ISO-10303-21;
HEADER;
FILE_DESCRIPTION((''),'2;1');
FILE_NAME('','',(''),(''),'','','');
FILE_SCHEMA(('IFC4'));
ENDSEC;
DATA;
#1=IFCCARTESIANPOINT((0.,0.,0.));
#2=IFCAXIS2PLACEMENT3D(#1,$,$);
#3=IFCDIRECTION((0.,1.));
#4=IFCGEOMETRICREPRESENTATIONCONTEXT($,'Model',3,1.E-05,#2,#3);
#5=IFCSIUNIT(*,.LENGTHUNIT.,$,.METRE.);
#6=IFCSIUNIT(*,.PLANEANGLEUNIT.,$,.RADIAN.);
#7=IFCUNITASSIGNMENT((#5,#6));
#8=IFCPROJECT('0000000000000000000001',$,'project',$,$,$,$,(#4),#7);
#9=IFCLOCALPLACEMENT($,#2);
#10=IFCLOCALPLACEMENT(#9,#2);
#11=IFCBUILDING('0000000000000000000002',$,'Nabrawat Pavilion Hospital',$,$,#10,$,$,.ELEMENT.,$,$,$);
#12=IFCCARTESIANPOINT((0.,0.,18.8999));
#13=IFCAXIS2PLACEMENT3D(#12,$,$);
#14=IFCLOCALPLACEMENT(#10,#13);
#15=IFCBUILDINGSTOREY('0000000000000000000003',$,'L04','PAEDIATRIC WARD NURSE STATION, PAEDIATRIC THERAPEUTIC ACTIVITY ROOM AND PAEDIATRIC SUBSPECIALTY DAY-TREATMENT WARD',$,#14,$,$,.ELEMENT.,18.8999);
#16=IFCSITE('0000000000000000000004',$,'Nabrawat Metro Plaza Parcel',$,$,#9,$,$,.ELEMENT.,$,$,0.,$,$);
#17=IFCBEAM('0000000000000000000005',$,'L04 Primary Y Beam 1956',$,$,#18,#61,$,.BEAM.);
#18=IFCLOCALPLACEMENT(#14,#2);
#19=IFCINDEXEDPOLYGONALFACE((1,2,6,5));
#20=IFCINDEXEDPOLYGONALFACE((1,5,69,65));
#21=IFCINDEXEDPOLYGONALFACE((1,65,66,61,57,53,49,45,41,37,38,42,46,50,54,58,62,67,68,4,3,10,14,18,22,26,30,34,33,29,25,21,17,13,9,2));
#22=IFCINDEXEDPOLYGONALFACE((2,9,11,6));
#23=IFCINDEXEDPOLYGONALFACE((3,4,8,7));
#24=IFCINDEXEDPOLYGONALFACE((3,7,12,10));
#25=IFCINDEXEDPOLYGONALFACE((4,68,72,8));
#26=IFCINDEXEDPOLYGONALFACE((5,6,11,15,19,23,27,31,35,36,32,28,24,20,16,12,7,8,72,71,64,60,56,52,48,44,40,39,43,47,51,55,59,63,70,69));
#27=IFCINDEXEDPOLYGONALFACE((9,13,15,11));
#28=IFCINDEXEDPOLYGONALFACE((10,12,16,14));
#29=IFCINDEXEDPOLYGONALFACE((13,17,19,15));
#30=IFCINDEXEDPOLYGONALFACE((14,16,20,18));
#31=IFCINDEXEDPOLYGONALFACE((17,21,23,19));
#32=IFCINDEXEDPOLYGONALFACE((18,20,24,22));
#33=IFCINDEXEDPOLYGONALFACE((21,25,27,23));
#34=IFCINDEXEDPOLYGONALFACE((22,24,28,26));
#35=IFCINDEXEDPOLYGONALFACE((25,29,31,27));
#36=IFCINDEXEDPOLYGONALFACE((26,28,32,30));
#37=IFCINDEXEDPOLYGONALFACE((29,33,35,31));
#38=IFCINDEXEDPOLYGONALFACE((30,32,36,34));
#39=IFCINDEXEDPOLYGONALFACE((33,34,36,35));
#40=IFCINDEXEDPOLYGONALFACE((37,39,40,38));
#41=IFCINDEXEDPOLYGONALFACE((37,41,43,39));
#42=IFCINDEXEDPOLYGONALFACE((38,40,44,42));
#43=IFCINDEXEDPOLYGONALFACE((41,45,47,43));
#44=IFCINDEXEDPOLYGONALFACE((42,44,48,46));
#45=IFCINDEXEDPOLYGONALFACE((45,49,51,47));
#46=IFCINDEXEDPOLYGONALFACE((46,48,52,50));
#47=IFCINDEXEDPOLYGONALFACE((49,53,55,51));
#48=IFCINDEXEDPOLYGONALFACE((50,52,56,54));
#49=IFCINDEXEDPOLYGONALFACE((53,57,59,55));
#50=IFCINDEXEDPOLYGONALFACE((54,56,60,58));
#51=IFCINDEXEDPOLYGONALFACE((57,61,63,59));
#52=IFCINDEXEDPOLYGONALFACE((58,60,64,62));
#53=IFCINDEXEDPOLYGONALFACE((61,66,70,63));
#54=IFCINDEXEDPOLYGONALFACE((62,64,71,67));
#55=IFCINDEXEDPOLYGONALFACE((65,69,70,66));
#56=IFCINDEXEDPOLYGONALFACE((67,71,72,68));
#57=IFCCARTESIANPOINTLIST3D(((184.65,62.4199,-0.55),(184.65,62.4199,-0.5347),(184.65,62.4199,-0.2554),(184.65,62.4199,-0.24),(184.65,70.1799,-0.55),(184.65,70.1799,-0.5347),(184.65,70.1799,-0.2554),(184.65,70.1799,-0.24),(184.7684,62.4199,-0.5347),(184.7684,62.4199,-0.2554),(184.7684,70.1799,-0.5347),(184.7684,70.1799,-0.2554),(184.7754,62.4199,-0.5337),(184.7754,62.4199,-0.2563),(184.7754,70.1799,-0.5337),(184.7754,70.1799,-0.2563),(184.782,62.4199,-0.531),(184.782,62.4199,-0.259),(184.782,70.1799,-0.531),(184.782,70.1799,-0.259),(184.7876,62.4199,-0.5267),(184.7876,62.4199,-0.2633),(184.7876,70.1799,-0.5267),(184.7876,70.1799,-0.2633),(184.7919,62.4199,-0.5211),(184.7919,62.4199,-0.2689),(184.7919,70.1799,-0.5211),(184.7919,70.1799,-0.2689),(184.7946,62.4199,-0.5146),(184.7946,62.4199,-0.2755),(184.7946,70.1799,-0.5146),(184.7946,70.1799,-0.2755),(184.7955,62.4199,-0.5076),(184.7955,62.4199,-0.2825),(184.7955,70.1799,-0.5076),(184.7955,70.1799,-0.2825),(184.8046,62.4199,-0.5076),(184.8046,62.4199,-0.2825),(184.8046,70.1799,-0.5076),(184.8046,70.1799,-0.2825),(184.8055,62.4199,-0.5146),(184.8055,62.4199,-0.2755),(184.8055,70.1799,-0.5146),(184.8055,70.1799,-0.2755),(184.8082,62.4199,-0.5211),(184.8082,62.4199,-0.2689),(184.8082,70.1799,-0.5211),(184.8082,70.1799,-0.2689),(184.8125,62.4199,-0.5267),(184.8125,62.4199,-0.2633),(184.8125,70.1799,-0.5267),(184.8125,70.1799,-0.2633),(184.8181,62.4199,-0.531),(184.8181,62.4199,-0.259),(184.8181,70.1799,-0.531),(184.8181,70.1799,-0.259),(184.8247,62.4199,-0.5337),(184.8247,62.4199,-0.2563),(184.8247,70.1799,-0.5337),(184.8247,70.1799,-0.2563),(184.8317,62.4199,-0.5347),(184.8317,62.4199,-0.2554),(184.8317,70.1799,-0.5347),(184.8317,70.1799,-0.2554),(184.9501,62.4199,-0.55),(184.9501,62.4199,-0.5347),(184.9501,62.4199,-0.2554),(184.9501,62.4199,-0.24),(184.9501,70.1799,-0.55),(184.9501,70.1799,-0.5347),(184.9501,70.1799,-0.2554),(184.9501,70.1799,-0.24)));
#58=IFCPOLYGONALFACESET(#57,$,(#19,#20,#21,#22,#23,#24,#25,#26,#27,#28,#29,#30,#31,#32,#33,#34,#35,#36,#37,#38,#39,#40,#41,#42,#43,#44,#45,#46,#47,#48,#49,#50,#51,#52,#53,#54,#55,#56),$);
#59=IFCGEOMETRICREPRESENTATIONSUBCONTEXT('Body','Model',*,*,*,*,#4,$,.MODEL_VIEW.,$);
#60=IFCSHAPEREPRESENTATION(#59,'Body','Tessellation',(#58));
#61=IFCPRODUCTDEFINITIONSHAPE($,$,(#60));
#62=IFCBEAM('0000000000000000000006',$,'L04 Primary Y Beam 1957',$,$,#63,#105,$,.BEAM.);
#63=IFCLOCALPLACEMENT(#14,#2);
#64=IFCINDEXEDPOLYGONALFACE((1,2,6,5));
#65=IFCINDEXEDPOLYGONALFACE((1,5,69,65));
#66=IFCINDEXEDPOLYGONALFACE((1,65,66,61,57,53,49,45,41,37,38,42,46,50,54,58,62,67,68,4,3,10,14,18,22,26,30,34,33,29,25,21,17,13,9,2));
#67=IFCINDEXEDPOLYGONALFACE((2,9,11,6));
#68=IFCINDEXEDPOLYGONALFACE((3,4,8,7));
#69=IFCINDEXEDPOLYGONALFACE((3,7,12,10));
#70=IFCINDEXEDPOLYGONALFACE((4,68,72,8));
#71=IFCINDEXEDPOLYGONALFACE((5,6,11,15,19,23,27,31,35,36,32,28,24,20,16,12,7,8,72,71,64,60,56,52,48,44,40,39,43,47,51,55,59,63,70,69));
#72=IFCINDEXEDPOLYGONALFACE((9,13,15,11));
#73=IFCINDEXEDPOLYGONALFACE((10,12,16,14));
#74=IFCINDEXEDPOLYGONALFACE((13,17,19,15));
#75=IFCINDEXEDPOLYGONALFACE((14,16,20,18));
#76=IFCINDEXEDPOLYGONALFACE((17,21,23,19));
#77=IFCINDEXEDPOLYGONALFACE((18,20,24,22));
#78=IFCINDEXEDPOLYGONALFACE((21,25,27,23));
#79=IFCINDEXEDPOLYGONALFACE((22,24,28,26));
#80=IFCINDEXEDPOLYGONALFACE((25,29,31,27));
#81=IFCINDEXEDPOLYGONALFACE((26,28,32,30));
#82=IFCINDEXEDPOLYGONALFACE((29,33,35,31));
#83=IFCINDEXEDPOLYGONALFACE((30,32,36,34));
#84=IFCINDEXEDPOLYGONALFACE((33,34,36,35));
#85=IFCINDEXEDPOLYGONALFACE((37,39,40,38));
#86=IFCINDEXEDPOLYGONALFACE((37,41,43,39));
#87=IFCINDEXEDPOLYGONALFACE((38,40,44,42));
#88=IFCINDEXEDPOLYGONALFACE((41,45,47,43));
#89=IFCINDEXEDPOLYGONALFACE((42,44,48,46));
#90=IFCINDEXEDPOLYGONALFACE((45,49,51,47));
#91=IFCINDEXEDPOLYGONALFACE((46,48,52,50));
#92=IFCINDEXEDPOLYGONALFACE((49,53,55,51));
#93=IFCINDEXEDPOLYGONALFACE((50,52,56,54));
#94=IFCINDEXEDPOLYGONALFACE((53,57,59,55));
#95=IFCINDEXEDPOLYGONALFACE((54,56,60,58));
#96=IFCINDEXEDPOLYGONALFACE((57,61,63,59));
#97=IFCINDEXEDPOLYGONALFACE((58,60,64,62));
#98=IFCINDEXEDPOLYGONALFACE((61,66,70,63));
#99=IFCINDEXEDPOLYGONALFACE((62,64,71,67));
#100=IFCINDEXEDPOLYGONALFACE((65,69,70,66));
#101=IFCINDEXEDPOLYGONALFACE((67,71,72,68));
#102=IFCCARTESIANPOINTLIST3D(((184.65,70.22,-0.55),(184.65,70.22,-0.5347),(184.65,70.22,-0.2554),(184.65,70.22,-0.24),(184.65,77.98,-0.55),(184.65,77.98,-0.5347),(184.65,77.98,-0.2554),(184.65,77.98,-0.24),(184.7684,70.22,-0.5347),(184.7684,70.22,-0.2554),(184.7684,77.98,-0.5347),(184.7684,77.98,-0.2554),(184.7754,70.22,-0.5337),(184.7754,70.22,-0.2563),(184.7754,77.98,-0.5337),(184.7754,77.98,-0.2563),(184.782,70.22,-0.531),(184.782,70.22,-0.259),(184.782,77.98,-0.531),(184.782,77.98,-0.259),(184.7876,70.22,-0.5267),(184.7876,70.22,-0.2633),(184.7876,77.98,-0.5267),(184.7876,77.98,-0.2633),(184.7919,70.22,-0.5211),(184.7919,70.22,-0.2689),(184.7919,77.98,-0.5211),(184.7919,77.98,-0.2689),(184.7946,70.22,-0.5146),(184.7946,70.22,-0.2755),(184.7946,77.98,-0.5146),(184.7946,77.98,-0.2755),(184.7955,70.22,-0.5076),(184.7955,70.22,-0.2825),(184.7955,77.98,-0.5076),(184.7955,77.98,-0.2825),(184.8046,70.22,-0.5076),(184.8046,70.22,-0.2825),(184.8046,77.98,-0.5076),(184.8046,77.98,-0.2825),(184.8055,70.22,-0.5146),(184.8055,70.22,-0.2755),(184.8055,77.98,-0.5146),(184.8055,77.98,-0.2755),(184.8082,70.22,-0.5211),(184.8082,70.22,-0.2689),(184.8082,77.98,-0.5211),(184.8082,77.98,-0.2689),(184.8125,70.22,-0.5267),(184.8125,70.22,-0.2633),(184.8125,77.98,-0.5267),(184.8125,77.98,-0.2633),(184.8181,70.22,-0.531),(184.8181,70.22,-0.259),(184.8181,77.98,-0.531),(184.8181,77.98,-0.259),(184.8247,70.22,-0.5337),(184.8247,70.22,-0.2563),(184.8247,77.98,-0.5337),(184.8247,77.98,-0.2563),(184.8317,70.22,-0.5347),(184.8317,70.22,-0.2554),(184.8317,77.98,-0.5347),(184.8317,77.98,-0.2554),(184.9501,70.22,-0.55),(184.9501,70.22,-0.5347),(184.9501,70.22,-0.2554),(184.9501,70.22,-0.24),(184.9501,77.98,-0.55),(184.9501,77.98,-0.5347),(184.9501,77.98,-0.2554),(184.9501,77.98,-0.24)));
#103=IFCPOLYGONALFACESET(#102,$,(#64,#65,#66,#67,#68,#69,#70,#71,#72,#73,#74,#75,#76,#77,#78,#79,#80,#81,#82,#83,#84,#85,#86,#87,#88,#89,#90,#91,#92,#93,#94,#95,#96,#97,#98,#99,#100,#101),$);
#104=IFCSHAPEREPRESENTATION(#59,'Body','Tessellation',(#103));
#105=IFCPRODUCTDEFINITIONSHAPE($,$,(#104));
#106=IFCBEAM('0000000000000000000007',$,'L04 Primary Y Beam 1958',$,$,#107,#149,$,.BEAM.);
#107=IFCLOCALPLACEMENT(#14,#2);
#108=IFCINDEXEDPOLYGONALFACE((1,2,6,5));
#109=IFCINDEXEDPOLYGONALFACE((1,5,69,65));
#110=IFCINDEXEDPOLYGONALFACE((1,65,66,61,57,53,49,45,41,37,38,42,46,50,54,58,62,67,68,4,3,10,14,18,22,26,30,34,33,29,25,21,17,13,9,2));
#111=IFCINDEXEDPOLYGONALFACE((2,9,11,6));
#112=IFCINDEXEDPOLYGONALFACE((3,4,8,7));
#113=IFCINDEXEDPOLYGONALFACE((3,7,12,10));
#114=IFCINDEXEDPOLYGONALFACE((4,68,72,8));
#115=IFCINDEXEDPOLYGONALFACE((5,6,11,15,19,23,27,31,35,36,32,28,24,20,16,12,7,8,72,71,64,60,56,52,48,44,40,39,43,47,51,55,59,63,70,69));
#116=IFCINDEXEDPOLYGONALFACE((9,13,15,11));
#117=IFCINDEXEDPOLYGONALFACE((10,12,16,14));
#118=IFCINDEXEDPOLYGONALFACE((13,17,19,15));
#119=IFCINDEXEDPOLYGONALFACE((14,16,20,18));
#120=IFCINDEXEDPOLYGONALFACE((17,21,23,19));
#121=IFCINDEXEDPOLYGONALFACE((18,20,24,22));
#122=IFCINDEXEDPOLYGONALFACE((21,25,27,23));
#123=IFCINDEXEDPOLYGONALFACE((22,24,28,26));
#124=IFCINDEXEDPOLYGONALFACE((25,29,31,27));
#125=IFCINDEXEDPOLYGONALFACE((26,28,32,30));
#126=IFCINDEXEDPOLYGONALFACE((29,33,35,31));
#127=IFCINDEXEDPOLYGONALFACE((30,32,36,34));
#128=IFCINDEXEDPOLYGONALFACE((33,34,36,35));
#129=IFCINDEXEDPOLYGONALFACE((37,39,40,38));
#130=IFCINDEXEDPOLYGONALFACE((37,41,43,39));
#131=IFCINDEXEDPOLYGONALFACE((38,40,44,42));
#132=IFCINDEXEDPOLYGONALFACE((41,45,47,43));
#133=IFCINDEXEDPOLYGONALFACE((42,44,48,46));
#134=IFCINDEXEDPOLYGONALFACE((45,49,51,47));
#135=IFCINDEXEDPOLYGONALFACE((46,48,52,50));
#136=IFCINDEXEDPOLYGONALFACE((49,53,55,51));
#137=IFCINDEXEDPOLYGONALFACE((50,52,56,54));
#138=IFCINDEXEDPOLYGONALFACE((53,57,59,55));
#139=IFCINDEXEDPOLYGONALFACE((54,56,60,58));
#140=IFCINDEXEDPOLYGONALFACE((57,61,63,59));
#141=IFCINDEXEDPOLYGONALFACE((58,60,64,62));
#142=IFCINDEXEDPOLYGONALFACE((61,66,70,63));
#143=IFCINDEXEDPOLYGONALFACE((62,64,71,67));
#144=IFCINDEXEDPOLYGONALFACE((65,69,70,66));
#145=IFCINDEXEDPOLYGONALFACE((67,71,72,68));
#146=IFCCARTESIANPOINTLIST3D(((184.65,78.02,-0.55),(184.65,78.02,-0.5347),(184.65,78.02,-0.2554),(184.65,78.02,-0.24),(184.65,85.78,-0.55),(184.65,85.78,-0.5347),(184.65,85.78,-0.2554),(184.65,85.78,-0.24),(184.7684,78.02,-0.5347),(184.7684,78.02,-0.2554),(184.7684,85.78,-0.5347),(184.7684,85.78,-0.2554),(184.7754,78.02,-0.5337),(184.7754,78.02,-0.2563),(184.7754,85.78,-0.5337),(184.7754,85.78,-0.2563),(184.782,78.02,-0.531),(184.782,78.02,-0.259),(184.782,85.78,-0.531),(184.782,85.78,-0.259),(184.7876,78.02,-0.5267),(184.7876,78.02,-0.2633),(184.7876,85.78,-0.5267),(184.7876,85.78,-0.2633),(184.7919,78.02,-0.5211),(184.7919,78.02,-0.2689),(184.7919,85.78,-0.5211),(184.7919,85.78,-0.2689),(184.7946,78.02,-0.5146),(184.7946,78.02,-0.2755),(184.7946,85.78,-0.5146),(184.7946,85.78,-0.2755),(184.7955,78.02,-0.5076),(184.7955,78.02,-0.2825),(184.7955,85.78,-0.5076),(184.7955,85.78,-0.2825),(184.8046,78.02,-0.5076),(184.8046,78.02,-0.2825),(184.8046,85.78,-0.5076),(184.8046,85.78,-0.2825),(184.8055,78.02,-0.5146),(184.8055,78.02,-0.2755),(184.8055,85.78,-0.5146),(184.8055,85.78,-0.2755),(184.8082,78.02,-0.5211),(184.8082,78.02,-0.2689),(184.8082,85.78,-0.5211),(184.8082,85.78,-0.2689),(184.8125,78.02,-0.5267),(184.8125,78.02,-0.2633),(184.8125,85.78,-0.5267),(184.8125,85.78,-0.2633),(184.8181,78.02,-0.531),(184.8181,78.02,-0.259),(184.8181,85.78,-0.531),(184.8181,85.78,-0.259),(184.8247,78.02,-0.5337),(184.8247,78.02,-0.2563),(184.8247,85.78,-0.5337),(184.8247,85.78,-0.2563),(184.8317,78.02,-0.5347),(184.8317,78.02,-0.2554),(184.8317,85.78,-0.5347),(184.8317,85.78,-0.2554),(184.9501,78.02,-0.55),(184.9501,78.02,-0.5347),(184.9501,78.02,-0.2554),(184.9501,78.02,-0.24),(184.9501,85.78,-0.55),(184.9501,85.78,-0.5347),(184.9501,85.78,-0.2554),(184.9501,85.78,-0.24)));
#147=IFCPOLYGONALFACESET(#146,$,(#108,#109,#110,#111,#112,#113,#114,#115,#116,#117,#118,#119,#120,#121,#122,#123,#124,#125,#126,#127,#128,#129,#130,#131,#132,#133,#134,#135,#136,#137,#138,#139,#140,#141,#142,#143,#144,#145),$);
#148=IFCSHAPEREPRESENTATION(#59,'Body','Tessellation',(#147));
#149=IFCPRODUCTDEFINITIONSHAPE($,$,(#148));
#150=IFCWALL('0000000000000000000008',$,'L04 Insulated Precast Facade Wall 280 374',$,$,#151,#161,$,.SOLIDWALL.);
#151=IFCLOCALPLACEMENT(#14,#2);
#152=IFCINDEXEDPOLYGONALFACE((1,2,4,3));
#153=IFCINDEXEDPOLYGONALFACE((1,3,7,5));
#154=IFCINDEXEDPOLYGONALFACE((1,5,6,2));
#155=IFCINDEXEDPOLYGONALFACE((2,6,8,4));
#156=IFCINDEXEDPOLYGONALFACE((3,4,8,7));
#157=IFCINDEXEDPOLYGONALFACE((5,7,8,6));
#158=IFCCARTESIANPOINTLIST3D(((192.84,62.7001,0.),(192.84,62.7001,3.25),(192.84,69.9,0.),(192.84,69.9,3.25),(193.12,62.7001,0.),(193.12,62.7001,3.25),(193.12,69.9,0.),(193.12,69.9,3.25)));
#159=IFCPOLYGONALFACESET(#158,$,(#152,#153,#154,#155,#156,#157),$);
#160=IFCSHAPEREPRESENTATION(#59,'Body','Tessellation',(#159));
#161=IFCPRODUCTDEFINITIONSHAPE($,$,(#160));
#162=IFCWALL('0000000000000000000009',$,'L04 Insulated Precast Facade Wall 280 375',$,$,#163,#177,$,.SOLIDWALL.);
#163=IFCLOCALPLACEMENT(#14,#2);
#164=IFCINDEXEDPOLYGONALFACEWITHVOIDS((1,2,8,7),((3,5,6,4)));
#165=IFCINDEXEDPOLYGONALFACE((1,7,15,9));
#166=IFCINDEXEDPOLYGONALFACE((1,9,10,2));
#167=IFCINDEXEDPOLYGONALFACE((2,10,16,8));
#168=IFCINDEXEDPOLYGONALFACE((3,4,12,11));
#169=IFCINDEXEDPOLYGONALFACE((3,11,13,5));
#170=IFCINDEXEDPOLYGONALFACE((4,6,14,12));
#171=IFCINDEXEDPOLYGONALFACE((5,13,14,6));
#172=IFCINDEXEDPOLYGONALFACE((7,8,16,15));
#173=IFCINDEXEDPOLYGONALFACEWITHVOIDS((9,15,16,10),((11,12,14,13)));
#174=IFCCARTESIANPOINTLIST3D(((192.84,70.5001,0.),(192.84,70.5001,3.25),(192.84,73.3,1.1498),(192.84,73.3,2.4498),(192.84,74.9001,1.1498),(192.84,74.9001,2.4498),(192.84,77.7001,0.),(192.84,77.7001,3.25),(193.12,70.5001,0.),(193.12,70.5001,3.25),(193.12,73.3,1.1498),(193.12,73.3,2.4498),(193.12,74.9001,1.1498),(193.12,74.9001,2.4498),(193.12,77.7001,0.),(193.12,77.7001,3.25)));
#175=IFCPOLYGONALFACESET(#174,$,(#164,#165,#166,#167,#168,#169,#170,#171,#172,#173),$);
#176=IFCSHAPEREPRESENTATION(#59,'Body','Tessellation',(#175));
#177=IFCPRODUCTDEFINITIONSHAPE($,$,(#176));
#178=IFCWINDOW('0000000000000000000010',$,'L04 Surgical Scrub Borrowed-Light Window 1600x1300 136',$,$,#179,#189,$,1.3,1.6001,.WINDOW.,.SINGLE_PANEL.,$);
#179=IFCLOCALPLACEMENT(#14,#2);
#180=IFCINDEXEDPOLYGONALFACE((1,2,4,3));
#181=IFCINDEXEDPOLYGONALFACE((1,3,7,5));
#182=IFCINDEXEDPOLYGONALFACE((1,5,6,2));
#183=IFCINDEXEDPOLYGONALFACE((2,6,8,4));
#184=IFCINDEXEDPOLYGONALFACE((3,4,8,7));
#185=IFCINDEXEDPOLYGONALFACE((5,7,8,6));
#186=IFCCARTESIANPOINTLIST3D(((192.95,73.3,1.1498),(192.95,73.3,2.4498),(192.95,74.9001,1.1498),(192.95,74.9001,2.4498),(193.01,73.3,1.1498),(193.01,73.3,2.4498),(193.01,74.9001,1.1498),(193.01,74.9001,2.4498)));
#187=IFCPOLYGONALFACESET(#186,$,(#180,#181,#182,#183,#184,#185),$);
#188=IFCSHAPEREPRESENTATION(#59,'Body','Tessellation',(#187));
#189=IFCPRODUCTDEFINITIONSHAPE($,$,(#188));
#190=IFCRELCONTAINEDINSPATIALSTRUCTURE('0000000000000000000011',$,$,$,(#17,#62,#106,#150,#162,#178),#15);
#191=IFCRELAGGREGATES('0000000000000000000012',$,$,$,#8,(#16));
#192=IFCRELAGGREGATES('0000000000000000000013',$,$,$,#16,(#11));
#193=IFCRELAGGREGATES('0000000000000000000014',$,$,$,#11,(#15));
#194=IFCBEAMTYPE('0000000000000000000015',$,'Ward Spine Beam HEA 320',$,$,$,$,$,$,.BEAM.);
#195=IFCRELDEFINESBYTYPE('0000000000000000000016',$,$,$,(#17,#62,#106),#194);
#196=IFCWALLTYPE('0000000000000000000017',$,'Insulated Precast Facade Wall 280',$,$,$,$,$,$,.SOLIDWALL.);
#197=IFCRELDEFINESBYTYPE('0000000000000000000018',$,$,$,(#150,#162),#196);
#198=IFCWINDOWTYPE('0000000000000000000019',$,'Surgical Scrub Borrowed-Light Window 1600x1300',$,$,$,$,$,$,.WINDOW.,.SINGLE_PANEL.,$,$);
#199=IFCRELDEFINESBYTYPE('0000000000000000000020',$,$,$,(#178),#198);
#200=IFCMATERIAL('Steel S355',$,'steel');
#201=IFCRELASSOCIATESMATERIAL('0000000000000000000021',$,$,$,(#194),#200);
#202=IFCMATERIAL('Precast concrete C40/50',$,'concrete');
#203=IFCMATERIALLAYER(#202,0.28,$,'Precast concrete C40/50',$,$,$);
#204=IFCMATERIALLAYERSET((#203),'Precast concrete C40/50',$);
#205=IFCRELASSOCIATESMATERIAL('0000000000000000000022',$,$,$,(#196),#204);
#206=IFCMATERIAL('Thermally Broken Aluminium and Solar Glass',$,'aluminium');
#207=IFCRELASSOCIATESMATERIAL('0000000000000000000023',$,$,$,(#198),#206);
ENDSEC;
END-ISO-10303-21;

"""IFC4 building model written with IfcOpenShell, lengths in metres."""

from ifc_helpers import new_model, si_unit, direction, frame, frame_2d, origin, origin_2d, place, context, subcontext, project, spatial, rectangle, i_section, extrude, material, layer, layer_set, material_profile, profile_set, type_object, element, fill, save


model = new_model("IFC4")

# Units and contexts
model_context = context("Model", 3, precision=1e-05, world=origin(), true_north=direction((0.0, 1.0)))
body_context = subcontext(model_context, "Body", "Model", "MODEL_VIEW")
ifc_project = project(units=[si_unit("LENGTHUNIT", "METRE"), si_unit("PLANEANGLEUNIT", "RADIAN")], contexts=[model_context])

# Site, building, storey
site_placement = place(None, origin())
site = spatial("IfcSite", under=ifc_project, at=site_placement, Name="Nabrawat Metro Plaza Parcel", CompositionType="ELEMENT", RefElevation=0.0)
building_placement = place(site_placement, origin())
building = spatial("IfcBuilding", under=site, at=building_placement, Name="Nabrawat Pavilion Hospital", CompositionType="ELEMENT")
storey_placement = place(building_placement, frame((0.0, 0.0, 18.8999)))
storey = spatial("IfcBuildingStorey", under=building, at=storey_placement, Name="L04", Description="PAEDIATRIC WARD NURSE STATION, PAEDIATRIC THERAPEUTIC ACTIVITY ROOM AND PAEDIATRIC SUBSPECIALTY DAY-TREATMENT WARD", CompositionType="ELEMENT", Elevation=18.8999)

# Shared definitions
ifc_material_1 = material(Name="Steel S355", Category="steel")

# Beams
ifc_material_profile_1 = material_profile(ifc_material_1, i_section(OverallWidth=0.3, OverallDepth=0.3101, WebThickness=0.009, FlangeThickness=0.0154, FilletRadius=0.0271, at=origin_2d()), Name="HEA 320")
ifc_profile_set_1 = profile_set([ifc_material_profile_1], Name="Steel S355")
beam_type_1 = type_object("IfcBeamType", Name="Ward Spine Beam HEA 320", PredefinedType="BEAM", material=ifc_profile_set_1)
for number, where, z_axis, x_axis, name in (
    (1, (184.8, 62.4199, -0.395), (0.0, 1.0, 0.0), (-1.0, 0.0, 0.0), "L04 Primary Y Beam 1956"),
    (2, (184.8, 70.22, -0.395), (0.0, 1.0, 0.0), (-1.0, 0.0, 0.0), "L04 Primary Y Beam 1957"),
    (3, (184.8, 78.02, -0.395), (0.0, 1.0, 0.0), (-1.0, 0.0, 0.0), "L04 Primary Y Beam 1958"),
):
    element("IfcBeam", number, at=place(storey_placement, frame(where, z_axis=z_axis, x_axis=x_axis)), inside=storey, type_object=beam_type_1, Name=name, PredefinedType="BEAM", context=body_context, shape_type="SweptSolid", body=[
        extrude(i_section(OverallWidth=0.3, OverallDepth=0.3101, WebThickness=0.009, FlangeThickness=0.0154, FilletRadius=0.0271, at=origin_2d()), origin(), (0.0, 0.0, 1.0), 7.76),
    ])

# Wall
ifc_material_2 = material(Name="Precast concrete C40/50", Category="concrete")
ifc_layer_1 = layer(ifc_material_2, 0.28, Name="Precast concrete C40/50")
ifc_layer_set_1 = layer_set([ifc_layer_1], Name="Precast concrete C40/50")
wall_type_1 = type_object("IfcWallType", Name="Insulated Precast Facade Wall 280", PredefinedType="SOLIDWALL", material=ifc_layer_set_1)
wall_1_placement = place(storey_placement, frame((192.98, 62.7, 0.0), z_axis=(0.0, 0.0, 1.0), x_axis=(0.0, 1.0, 0.0)))
element("IfcWall", 4, at=wall_1_placement, inside=storey, type_object=wall_type_1, Name="L04 Insulated Precast Facade Wall 280 374", PredefinedType="SOLIDWALL", context=body_context, shape_type="SweptSolid", body=[
    extrude(rectangle(XDim=7.2, YDim=0.28, at=frame_2d((3.6001, 0.0))), origin(), (0.0, 0.0, 1.0), 3.25),
])

# Wall, opening, window
wall_2_placement = place(storey_placement, frame((192.98, 70.5, 0.0), z_axis=(0.0, 0.0, 1.0), x_axis=(0.0, 1.0, 0.0)))
wall_2 = element("IfcWall", 5, at=wall_2_placement, inside=storey, type_object=wall_type_1, Name="L04 Insulated Precast Facade Wall 280 375", PredefinedType="SOLIDWALL", context=body_context, shape_type="SweptSolid", body=[
    extrude(rectangle(XDim=7.2, YDim=0.28, at=frame_2d((3.6001, 0.0))), origin(), (0.0, 0.0, 1.0), 3.25),
])
opening_placement = place(wall_2_placement, frame((2.8, 0.0, 1.1499)))
opening = element("IfcOpeningElement", 6, at=opening_placement, cuts=wall_2, PredefinedType="OPENING", context=body_context, shape_type="SweptSolid", body=[
    extrude(rectangle(XDim=1.6001, YDim=1.3, at=frame_2d((0.8, 0.6499))), frame((0.0, 0.1499, 0.0), z_axis=(0.0, -1.0, 0.0), x_axis=(1.0, 0.0, 0.0)), (0.0, 0.0, 1.0), 0.3),
])
ifc_material_3 = material(Name="Thermally Broken Aluminium and Solar Glass", Category="aluminium")
window_type = type_object("IfcWindowType", Name="Surgical Scrub Borrowed-Light Window 1600x1300", PartitioningType="SINGLE_PANEL", PredefinedType="WINDOW", material=ifc_material_3)
window_placement = place(opening_placement, origin())
window = element("IfcWindow", 7, at=window_placement, inside=storey, type_object=window_type, Name="L04 Surgical Scrub Borrowed-Light Window 1600x1300 136", OverallHeight=1.3, OverallWidth=1.6001, PartitioningType="SINGLE_PANEL", PredefinedType="WINDOW", context=body_context, shape_type="SweptSolid", body=[
    extrude(rectangle(XDim=1.6001, YDim=1.3, at=frame_2d((0.8, 0.6499))), frame((0.0, 0.03, 0.0), z_axis=(0.0, -1.0, 0.0), x_axis=(1.0, 0.0, 0.0)), (0.0, 0.0, 1.0), 0.0601),
])
fill(opening, window)

save(model, "model.ifc")
